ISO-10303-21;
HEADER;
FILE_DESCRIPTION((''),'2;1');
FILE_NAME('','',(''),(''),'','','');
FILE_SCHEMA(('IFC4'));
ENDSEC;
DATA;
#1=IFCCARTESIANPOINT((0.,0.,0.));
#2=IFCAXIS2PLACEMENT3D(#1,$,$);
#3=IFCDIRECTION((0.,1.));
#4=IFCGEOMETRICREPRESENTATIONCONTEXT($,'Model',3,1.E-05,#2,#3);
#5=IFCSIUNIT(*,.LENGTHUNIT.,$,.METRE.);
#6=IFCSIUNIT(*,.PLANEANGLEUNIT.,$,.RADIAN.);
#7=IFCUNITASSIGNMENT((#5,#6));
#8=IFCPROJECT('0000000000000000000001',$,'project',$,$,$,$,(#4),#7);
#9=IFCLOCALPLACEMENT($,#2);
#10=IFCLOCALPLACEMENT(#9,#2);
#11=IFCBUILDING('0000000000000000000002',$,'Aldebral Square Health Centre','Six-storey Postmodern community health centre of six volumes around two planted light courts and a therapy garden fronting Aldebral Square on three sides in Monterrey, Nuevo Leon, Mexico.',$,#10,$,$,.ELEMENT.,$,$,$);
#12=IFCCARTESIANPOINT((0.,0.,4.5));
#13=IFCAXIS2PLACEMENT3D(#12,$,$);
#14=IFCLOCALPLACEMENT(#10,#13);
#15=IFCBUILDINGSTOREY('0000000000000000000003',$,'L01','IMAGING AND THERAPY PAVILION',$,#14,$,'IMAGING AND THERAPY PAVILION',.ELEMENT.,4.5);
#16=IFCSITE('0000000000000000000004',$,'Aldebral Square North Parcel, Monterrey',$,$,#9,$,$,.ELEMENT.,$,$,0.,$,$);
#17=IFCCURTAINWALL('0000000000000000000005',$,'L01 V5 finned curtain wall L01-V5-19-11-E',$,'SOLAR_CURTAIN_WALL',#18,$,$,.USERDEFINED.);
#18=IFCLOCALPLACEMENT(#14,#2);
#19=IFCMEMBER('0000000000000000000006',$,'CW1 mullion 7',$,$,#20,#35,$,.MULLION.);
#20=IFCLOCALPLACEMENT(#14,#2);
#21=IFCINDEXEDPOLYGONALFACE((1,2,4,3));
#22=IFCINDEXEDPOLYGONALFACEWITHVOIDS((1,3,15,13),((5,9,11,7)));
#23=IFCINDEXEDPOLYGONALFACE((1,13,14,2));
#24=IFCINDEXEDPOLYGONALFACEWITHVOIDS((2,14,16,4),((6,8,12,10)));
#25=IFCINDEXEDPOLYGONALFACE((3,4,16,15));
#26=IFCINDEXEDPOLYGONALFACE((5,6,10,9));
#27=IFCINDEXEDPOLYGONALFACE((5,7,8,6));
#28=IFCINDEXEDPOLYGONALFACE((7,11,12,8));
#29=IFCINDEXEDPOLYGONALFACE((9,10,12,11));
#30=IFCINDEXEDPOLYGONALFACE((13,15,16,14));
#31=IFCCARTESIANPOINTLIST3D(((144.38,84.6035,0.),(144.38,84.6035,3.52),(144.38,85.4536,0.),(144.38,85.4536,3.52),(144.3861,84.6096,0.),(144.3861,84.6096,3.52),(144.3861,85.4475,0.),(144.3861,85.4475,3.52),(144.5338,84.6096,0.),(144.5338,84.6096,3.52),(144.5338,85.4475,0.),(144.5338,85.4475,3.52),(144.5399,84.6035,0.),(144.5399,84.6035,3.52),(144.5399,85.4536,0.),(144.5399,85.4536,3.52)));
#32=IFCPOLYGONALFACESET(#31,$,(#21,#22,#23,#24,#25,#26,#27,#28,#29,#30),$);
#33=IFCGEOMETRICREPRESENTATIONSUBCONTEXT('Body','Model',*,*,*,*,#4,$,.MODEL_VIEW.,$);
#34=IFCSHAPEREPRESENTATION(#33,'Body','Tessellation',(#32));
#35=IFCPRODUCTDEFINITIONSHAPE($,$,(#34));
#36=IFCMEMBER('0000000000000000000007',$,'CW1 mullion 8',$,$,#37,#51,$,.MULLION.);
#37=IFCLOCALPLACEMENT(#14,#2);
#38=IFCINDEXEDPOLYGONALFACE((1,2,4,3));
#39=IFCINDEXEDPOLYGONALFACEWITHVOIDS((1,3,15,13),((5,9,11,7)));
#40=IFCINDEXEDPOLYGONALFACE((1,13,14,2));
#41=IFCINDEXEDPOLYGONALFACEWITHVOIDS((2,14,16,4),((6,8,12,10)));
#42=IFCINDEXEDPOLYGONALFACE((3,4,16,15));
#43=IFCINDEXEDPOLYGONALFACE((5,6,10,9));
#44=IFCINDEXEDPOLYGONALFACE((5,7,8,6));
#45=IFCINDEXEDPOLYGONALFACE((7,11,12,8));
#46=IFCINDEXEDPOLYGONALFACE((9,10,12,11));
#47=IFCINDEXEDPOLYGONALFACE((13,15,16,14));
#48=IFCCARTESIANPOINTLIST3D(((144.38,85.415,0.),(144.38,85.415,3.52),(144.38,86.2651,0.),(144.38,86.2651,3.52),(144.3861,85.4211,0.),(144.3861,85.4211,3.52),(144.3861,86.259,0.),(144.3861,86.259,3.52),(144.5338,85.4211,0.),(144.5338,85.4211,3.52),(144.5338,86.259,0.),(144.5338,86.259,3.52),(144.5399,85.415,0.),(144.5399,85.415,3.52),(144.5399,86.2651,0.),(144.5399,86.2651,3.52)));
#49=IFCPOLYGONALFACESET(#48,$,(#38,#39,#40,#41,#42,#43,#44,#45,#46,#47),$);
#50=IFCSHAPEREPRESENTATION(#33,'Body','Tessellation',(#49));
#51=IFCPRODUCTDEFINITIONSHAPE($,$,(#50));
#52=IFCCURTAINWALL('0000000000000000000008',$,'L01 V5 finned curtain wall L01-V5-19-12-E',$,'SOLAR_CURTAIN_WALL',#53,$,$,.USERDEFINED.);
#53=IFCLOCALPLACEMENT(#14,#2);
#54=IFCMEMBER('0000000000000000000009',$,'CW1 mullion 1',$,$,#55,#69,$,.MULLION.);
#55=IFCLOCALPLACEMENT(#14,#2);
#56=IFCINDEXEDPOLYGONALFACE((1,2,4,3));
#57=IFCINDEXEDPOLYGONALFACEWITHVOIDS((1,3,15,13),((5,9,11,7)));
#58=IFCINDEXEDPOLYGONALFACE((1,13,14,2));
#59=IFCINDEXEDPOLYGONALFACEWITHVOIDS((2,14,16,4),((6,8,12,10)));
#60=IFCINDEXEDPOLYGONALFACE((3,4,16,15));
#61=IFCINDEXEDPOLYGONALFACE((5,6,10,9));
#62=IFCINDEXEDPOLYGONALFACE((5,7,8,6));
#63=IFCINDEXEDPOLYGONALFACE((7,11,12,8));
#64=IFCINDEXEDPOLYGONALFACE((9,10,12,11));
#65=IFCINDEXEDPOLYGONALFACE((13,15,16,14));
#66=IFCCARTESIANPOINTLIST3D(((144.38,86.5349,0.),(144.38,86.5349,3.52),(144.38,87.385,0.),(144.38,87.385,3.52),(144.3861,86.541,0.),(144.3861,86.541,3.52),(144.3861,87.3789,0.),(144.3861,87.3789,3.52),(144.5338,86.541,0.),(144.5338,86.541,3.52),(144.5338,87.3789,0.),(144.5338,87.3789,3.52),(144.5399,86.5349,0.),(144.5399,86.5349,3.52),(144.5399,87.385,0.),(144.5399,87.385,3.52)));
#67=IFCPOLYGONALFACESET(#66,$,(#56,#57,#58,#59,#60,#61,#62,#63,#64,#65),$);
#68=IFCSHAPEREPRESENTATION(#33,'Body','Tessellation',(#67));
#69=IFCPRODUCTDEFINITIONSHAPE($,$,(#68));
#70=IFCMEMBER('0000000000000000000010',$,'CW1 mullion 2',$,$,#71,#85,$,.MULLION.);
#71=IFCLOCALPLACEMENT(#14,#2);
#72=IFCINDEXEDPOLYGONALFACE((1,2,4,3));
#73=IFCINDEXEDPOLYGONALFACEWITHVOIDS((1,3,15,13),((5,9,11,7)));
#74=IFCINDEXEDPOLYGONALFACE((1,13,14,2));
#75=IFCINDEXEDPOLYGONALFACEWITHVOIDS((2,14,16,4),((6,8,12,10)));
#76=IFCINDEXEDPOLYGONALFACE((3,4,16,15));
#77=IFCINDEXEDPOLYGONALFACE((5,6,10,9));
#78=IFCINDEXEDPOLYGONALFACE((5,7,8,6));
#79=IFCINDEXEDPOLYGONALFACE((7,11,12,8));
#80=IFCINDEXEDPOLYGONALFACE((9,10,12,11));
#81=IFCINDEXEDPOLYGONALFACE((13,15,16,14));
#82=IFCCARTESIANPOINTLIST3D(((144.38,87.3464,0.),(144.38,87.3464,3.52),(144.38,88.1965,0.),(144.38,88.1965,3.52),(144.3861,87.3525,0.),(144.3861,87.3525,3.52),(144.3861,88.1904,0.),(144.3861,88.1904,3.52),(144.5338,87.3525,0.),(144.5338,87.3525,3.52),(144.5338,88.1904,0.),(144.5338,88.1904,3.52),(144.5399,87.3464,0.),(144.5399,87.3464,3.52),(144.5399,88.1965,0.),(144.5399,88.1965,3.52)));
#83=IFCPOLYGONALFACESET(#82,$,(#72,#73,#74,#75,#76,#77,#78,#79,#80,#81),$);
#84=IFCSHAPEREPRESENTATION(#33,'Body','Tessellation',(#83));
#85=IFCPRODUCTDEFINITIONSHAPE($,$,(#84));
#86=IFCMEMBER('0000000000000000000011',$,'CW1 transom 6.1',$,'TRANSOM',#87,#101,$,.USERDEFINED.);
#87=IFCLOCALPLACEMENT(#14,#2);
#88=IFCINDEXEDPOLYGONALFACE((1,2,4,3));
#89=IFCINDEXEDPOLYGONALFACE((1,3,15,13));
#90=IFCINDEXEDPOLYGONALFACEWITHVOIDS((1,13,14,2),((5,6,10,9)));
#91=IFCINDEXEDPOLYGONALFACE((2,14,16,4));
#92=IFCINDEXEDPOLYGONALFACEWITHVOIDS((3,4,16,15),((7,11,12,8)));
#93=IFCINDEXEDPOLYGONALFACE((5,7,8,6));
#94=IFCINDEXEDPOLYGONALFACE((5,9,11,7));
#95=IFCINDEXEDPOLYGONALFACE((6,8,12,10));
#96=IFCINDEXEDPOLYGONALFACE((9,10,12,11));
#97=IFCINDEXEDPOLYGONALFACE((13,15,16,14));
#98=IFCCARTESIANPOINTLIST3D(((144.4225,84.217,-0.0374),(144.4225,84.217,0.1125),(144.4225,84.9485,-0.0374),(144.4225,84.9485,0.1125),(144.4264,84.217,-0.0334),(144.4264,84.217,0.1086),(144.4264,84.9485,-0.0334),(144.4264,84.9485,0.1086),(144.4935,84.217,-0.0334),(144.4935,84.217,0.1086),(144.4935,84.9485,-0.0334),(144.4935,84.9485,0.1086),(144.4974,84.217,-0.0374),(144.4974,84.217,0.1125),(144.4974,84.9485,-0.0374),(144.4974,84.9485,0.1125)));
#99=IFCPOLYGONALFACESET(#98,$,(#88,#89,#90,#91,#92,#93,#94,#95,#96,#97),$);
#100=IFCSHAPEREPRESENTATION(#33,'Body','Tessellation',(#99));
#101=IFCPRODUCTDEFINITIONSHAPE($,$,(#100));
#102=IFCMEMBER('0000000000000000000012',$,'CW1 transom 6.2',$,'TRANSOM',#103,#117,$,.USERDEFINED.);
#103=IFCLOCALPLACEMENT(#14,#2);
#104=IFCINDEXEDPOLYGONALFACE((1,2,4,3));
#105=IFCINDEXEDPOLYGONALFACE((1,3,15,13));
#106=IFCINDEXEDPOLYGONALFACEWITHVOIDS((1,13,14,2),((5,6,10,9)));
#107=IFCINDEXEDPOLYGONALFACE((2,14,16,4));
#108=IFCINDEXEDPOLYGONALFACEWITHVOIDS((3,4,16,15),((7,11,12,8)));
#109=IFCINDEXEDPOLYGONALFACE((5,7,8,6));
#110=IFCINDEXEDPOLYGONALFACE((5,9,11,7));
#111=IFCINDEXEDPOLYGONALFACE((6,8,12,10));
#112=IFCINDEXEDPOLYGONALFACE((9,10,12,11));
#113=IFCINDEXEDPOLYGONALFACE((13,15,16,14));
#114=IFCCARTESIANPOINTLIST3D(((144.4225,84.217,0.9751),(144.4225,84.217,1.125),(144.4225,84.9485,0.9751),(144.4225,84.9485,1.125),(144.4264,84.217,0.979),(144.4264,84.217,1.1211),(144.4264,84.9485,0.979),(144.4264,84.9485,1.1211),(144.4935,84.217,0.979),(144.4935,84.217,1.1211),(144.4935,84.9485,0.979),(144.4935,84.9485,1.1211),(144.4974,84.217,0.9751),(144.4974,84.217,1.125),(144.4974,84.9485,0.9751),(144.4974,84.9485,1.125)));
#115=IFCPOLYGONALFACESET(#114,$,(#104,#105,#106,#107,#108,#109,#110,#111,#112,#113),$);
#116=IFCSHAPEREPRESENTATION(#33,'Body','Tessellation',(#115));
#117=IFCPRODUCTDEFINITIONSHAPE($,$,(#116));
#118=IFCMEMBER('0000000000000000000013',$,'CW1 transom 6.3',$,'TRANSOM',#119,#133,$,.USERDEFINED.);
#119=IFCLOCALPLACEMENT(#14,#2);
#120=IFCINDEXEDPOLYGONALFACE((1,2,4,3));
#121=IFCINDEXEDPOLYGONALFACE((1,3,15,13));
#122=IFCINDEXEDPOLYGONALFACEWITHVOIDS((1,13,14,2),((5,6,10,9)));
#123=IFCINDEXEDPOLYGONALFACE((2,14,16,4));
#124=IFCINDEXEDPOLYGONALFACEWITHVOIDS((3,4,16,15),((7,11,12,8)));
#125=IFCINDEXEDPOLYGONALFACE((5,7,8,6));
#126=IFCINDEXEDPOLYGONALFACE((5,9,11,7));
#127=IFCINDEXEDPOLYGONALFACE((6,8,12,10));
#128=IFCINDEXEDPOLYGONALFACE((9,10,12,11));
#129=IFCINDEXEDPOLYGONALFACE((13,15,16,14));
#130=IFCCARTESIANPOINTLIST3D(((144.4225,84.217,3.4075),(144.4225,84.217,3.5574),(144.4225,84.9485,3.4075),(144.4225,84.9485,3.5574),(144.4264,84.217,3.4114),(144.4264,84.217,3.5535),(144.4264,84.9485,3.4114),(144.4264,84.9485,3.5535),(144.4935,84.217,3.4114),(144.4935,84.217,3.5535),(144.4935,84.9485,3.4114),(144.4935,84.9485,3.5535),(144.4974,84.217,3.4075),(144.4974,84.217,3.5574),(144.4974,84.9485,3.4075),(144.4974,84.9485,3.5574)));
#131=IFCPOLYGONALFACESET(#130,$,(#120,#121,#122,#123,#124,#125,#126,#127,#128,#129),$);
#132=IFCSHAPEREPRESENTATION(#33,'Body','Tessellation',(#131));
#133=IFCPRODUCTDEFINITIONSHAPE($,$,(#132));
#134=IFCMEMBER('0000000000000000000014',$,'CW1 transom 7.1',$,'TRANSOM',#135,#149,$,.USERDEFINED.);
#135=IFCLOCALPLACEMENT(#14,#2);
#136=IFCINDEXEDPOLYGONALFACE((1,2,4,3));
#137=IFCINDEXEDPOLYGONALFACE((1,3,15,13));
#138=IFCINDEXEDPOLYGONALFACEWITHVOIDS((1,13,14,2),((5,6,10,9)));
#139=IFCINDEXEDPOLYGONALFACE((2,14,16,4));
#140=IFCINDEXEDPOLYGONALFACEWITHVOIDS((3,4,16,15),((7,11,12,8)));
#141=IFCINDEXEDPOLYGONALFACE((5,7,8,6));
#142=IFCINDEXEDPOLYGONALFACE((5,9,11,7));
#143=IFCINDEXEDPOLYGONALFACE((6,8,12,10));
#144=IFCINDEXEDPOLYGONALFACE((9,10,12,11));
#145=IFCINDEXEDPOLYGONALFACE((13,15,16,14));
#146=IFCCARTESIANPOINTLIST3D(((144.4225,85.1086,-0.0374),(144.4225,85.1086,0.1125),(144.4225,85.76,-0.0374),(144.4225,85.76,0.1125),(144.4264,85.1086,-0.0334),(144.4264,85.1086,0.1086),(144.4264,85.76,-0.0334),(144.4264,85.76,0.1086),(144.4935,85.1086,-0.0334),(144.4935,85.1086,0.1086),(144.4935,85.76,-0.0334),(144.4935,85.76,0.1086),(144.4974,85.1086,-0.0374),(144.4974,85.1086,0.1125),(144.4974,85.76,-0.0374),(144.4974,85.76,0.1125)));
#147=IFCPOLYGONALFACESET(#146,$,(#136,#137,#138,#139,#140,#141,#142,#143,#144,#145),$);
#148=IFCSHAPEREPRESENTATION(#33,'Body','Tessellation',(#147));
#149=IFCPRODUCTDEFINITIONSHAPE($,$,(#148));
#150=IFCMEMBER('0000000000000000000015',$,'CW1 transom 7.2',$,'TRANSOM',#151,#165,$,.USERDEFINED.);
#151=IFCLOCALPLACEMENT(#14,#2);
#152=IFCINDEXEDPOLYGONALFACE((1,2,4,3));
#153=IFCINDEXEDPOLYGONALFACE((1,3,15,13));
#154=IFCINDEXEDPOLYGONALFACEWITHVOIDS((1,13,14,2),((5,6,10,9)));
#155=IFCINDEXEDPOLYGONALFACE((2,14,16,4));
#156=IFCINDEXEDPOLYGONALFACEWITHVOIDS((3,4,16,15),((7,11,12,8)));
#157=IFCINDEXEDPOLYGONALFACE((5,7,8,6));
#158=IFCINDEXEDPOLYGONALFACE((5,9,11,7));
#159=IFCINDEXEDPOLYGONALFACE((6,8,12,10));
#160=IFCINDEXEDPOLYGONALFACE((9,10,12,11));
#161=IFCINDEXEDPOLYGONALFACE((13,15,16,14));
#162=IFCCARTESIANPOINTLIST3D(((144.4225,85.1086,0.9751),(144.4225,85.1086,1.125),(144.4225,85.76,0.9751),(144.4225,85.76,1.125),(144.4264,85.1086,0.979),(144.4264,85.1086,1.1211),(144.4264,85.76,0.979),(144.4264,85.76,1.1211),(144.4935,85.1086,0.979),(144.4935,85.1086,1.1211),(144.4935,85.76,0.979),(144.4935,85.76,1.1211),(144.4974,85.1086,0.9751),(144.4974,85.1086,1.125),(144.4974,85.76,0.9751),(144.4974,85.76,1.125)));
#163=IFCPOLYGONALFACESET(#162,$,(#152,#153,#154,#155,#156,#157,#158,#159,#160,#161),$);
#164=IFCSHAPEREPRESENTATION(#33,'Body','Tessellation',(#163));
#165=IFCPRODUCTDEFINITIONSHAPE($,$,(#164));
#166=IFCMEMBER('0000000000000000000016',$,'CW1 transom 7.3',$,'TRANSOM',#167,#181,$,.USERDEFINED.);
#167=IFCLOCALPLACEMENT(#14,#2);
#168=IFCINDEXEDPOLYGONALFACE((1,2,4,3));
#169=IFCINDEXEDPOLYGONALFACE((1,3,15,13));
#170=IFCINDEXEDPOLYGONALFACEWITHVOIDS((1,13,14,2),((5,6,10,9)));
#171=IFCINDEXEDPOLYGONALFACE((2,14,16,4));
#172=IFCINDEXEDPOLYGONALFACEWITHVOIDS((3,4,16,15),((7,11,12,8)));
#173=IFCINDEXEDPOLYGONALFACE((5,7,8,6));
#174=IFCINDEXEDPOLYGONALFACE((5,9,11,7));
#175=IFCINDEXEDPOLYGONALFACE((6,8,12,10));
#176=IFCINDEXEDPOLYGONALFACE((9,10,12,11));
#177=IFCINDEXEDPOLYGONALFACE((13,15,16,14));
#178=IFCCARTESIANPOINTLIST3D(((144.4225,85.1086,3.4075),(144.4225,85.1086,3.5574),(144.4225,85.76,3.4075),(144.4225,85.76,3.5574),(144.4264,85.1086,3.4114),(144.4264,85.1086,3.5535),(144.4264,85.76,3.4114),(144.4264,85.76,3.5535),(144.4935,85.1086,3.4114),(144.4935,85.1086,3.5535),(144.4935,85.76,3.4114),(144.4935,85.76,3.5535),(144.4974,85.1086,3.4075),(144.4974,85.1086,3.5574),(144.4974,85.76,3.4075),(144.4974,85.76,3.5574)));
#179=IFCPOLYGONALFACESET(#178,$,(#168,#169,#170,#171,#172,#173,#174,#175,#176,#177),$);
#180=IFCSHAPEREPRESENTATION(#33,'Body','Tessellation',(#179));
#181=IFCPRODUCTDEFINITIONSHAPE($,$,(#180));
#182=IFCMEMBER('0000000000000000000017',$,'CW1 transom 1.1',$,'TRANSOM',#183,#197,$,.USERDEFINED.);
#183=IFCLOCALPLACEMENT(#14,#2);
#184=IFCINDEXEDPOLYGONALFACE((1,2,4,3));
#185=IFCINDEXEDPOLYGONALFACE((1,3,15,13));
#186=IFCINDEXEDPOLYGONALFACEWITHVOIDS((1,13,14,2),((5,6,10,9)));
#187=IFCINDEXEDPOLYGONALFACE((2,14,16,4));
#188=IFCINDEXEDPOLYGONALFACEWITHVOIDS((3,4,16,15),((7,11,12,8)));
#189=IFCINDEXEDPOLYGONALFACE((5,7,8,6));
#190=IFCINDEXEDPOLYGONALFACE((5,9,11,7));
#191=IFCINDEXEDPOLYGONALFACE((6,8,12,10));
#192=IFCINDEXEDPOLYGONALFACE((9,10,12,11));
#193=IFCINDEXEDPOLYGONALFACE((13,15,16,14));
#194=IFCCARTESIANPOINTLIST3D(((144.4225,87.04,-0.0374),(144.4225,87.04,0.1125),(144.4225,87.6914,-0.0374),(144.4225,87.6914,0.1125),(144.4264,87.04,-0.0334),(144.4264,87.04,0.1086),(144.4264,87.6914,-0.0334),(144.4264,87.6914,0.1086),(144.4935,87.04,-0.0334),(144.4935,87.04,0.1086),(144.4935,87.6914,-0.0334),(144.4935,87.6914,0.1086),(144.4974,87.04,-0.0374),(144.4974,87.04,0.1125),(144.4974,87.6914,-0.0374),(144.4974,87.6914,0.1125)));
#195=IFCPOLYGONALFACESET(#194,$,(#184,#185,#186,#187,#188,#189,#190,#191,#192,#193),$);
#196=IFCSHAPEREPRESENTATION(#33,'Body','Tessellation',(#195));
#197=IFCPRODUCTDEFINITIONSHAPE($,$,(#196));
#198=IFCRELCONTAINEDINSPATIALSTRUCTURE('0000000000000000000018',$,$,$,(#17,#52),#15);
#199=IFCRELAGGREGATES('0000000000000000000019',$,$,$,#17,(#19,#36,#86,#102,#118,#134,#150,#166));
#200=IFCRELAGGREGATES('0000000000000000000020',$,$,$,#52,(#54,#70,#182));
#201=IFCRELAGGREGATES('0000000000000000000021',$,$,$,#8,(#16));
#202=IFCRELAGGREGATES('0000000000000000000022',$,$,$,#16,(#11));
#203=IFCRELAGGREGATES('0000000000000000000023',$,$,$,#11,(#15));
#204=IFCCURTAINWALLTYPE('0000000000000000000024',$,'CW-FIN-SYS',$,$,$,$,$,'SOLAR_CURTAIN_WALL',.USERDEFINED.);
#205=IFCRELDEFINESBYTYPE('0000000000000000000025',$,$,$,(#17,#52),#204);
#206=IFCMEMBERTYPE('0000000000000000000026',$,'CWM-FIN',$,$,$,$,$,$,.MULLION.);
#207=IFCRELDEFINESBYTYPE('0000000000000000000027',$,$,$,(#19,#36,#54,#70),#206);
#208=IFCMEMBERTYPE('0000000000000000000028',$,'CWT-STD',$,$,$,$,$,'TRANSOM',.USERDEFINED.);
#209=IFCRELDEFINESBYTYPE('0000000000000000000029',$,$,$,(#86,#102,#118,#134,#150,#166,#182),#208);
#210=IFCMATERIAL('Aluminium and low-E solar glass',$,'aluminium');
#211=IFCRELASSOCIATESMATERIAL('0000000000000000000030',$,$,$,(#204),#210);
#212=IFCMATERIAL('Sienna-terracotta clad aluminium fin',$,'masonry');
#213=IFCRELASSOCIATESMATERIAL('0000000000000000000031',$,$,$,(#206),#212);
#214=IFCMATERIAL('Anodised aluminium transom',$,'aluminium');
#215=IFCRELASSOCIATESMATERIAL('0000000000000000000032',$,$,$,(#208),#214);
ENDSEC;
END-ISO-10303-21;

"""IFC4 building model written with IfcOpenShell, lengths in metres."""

from ifc_helpers import new_model, si_unit, direction, frame, origin, origin_2d, place, context, subcontext, project, spatial, hollow_rectangle, extrude, material, material_profile, profile_set, type_object, element, aggregate, save


model = new_model("IFC4")

# Units and contexts
model_context = context("Model", 3, precision=1e-05, world=origin(), true_north=direction((0.0, 1.0)))
body_context = subcontext(model_context, "Body", "Model", "MODEL_VIEW")
ifc_project = project(units=[si_unit("LENGTHUNIT", "METRE"), si_unit("PLANEANGLEUNIT", "RADIAN")], contexts=[model_context])

# Site, building, storey
site_placement = place(None, origin())
site = spatial("IfcSite", under=ifc_project, at=site_placement, Name="Aldebral Square North Parcel, Monterrey", CompositionType="ELEMENT", RefElevation=0.0)
building_placement = place(site_placement, origin())
building = spatial("IfcBuilding", under=site, at=building_placement, Name="Aldebral Square Health Centre", Description="Six-storey Postmodern community health centre of six volumes around two planted light courts and a therapy garden fronting Aldebral Square on three sides in Monterrey, Nuevo Leon, Mexico.", CompositionType="ELEMENT")
storey_placement = place(building_placement, frame((0.0, 0.0, 4.5)))
storey = spatial("IfcBuildingStorey", under=building, at=storey_placement, Name="L01", Description="IMAGING AND THERAPY PAVILION", LongName="IMAGING AND THERAPY PAVILION", CompositionType="ELEMENT", Elevation=4.5)

# Curtain walls, members
ifc_material_1 = material(Name="Aluminium and low-E solar glass", Category="aluminium")
curtain_wall_type = type_object("IfcCurtainWallType", Name="CW-FIN-SYS", ElementType="SOLAR_CURTAIN_WALL", PredefinedType="USERDEFINED", material=ifc_material_1)
curtain_wall_1_placement = place(storey_placement, origin())
curtain_wall_1 = element("IfcCurtainWall", 1, at=curtain_wall_1_placement, inside=storey, type_object=curtain_wall_type, Name="L01 V5 finned curtain wall L01-V5-19-11-E", ObjectType="SOLAR_CURTAIN_WALL", PredefinedType="USERDEFINED")
ifc_material_2 = material(Name="Sienna-terracotta clad aluminium fin", Category="masonry")
ifc_material_profile_1 = material_profile(ifc_material_2, hollow_rectangle(XDim=0.1599, YDim=0.8501, WallThickness=0.0061, at=origin_2d()), Name="FIN 160x850x6")
ifc_profile_set_1 = profile_set([ifc_material_profile_1], Name="Sienna-terracotta clad aluminium fin")
member_type_1 = type_object("IfcMemberType", Name="CWM-FIN", PredefinedType="MULLION", material=ifc_profile_set_1)
member_1_placement = place(storey_placement, frame((144.46, 85.0286, 0.0), z_axis=(0.0, 0.0, 1.0), x_axis=(-1.0, 0.0, 0.0)))
member_1 = element("IfcMember", 2, at=member_1_placement, type_object=member_type_1, Name="CW1 mullion 7", PredefinedType="MULLION", context=body_context, shape_type="SweptSolid", body=[
    extrude(hollow_rectangle(XDim=0.1599, YDim=0.8501, WallThickness=0.0061, at=origin_2d()), origin(), (0.0, 0.0, 1.0), 3.52),
])
member_2_placement = place(storey_placement, frame((144.46, 85.8401, 0.0), z_axis=(0.0, 0.0, 1.0), x_axis=(-1.0, 0.0, 0.0)))
member_2 = element("IfcMember", 3, at=member_2_placement, type_object=member_type_1, Name="CW1 mullion 8", PredefinedType="MULLION", context=body_context, shape_type="SweptSolid", body=[
    extrude(hollow_rectangle(XDim=0.1599, YDim=0.8501, WallThickness=0.0061, at=origin_2d()), origin(), (0.0, 0.0, 1.0), 3.52),
])
curtain_wall_2_placement = place(storey_placement, origin())
curtain_wall_2 = element("IfcCurtainWall", 4, at=curtain_wall_2_placement, inside=storey, type_object=curtain_wall_type, Name="L01 V5 finned curtain wall L01-V5-19-12-E", ObjectType="SOLAR_CURTAIN_WALL", PredefinedType="USERDEFINED")
member_3_placement = place(storey_placement, frame((144.46, 86.96, 0.0), z_axis=(0.0, 0.0, 1.0), x_axis=(-1.0, 0.0, 0.0)))
member_3 = element("IfcMember", 5, at=member_3_placement, type_object=member_type_1, Name="CW1 mullion 1", PredefinedType="MULLION", context=body_context, shape_type="SweptSolid", body=[
    extrude(hollow_rectangle(XDim=0.1599, YDim=0.8501, WallThickness=0.0061, at=origin_2d()), origin(), (0.0, 0.0, 1.0), 3.52),
])
member_4_placement = place(storey_placement, frame((144.46, 87.7715, 0.0), z_axis=(0.0, 0.0, 1.0), x_axis=(-1.0, 0.0, 0.0)))
member_4 = element("IfcMember", 6, at=member_4_placement, type_object=member_type_1, Name="CW1 mullion 2", PredefinedType="MULLION", context=body_context, shape_type="SweptSolid", body=[
    extrude(hollow_rectangle(XDim=0.1599, YDim=0.8501, WallThickness=0.0061, at=origin_2d()), origin(), (0.0, 0.0, 1.0), 3.52),
])

# Members
ifc_material_3 = material(Name="Anodised aluminium transom", Category="aluminium")
ifc_material_profile_2 = material_profile(ifc_material_3, hollow_rectangle(XDim=0.075, YDim=0.1499, WallThickness=0.0039, at=origin_2d()), Name="CWT 75x150x4")
ifc_profile_set_2 = profile_set([ifc_material_profile_2], Name="Anodised aluminium transom")
member_type_2 = type_object("IfcMemberType", Name="CWT-STD", ElementType="TRANSOM", PredefinedType="USERDEFINED", material=ifc_profile_set_2)
member_5_placement = place(storey_placement, frame((144.46, 84.217, 0.0376), z_axis=(0.0, 1.0, 0.0), x_axis=(-1.0, 0.0, 0.0)))
member_5 = element("IfcMember", 7, at=member_5_placement, type_object=member_type_2, Name="CW1 transom 6.1", ObjectType="TRANSOM", PredefinedType="USERDEFINED", context=body_context, shape_type="SweptSolid", body=[
    extrude(hollow_rectangle(XDim=0.075, YDim=0.1499, WallThickness=0.0039, at=origin_2d()), origin(), (0.0, 0.0, 1.0), 0.7314),
])
member_6_placement = place(storey_placement, frame((144.46, 84.217, 1.05), z_axis=(0.0, 1.0, 0.0), x_axis=(-1.0, 0.0, 0.0)))
member_6 = element("IfcMember", 8, at=member_6_placement, type_object=member_type_2, Name="CW1 transom 6.2", ObjectType="TRANSOM", PredefinedType="USERDEFINED", context=body_context, shape_type="SweptSolid", body=[
    extrude(hollow_rectangle(XDim=0.075, YDim=0.1499, WallThickness=0.0039, at=origin_2d()), origin(), (0.0, 0.0, 1.0), 0.7314),
])
member_7_placement = place(storey_placement, frame((144.46, 84.217, 3.4824), z_axis=(0.0, 1.0, 0.0), x_axis=(-1.0, 0.0, 0.0)))
member_7 = element("IfcMember", 9, at=member_7_placement, type_object=member_type_2, Name="CW1 transom 6.3", ObjectType="TRANSOM", PredefinedType="USERDEFINED", context=body_context, shape_type="SweptSolid", body=[
    extrude(hollow_rectangle(XDim=0.075, YDim=0.1499, WallThickness=0.0039, at=origin_2d()), origin(), (0.0, 0.0, 1.0), 0.7314),
])
member_8_placement = place(storey_placement, frame((144.46, 85.1086, 0.0376), z_axis=(0.0, 1.0, 0.0), x_axis=(-1.0, 0.0, 0.0)))
member_8 = element("IfcMember", 10, at=member_8_placement, type_object=member_type_2, Name="CW1 transom 7.1", ObjectType="TRANSOM", PredefinedType="USERDEFINED", context=body_context, shape_type="SweptSolid", body=[
    extrude(hollow_rectangle(XDim=0.075, YDim=0.1499, WallThickness=0.0039, at=origin_2d()), origin(), (0.0, 0.0, 1.0), 0.6514),
])
member_9_placement = place(storey_placement, frame((144.46, 85.1086, 1.05), z_axis=(0.0, 1.0, 0.0), x_axis=(-1.0, 0.0, 0.0)))
member_9 = element("IfcMember", 11, at=member_9_placement, type_object=member_type_2, Name="CW1 transom 7.2", ObjectType="TRANSOM", PredefinedType="USERDEFINED", context=body_context, shape_type="SweptSolid", body=[
    extrude(hollow_rectangle(XDim=0.075, YDim=0.1499, WallThickness=0.0039, at=origin_2d()), origin(), (0.0, 0.0, 1.0), 0.6514),
])
member_10_placement = place(storey_placement, frame((144.46, 85.1086, 3.4824), z_axis=(0.0, 1.0, 0.0), x_axis=(-1.0, 0.0, 0.0)))
member_10 = element("IfcMember", 12, at=member_10_placement, type_object=member_type_2, Name="CW1 transom 7.3", ObjectType="TRANSOM", PredefinedType="USERDEFINED", context=body_context, shape_type="SweptSolid", body=[
    extrude(hollow_rectangle(XDim=0.075, YDim=0.1499, WallThickness=0.0039, at=origin_2d()), origin(), (0.0, 0.0, 1.0), 0.6514),
])
member_11_placement = place(storey_placement, frame((144.46, 87.04, 0.0376), z_axis=(0.0, 1.0, 0.0), x_axis=(-1.0, 0.0, 0.0)))
member_11 = element("IfcMember", 13, at=member_11_placement, type_object=member_type_2, Name="CW1 transom 1.1", ObjectType="TRANSOM", PredefinedType="USERDEFINED", context=body_context, shape_type="SweptSolid", body=[
    extrude(hollow_rectangle(XDim=0.075, YDim=0.1499, WallThickness=0.0039, at=origin_2d()), origin(), (0.0, 0.0, 1.0), 0.6514),
])

aggregate(curtain_wall_1, [member_1, member_2, member_5, member_6, member_7, member_8, member_9, member_10])
aggregate(curtain_wall_2, [member_3, member_4, member_11])

save(model, "model.ifc")
